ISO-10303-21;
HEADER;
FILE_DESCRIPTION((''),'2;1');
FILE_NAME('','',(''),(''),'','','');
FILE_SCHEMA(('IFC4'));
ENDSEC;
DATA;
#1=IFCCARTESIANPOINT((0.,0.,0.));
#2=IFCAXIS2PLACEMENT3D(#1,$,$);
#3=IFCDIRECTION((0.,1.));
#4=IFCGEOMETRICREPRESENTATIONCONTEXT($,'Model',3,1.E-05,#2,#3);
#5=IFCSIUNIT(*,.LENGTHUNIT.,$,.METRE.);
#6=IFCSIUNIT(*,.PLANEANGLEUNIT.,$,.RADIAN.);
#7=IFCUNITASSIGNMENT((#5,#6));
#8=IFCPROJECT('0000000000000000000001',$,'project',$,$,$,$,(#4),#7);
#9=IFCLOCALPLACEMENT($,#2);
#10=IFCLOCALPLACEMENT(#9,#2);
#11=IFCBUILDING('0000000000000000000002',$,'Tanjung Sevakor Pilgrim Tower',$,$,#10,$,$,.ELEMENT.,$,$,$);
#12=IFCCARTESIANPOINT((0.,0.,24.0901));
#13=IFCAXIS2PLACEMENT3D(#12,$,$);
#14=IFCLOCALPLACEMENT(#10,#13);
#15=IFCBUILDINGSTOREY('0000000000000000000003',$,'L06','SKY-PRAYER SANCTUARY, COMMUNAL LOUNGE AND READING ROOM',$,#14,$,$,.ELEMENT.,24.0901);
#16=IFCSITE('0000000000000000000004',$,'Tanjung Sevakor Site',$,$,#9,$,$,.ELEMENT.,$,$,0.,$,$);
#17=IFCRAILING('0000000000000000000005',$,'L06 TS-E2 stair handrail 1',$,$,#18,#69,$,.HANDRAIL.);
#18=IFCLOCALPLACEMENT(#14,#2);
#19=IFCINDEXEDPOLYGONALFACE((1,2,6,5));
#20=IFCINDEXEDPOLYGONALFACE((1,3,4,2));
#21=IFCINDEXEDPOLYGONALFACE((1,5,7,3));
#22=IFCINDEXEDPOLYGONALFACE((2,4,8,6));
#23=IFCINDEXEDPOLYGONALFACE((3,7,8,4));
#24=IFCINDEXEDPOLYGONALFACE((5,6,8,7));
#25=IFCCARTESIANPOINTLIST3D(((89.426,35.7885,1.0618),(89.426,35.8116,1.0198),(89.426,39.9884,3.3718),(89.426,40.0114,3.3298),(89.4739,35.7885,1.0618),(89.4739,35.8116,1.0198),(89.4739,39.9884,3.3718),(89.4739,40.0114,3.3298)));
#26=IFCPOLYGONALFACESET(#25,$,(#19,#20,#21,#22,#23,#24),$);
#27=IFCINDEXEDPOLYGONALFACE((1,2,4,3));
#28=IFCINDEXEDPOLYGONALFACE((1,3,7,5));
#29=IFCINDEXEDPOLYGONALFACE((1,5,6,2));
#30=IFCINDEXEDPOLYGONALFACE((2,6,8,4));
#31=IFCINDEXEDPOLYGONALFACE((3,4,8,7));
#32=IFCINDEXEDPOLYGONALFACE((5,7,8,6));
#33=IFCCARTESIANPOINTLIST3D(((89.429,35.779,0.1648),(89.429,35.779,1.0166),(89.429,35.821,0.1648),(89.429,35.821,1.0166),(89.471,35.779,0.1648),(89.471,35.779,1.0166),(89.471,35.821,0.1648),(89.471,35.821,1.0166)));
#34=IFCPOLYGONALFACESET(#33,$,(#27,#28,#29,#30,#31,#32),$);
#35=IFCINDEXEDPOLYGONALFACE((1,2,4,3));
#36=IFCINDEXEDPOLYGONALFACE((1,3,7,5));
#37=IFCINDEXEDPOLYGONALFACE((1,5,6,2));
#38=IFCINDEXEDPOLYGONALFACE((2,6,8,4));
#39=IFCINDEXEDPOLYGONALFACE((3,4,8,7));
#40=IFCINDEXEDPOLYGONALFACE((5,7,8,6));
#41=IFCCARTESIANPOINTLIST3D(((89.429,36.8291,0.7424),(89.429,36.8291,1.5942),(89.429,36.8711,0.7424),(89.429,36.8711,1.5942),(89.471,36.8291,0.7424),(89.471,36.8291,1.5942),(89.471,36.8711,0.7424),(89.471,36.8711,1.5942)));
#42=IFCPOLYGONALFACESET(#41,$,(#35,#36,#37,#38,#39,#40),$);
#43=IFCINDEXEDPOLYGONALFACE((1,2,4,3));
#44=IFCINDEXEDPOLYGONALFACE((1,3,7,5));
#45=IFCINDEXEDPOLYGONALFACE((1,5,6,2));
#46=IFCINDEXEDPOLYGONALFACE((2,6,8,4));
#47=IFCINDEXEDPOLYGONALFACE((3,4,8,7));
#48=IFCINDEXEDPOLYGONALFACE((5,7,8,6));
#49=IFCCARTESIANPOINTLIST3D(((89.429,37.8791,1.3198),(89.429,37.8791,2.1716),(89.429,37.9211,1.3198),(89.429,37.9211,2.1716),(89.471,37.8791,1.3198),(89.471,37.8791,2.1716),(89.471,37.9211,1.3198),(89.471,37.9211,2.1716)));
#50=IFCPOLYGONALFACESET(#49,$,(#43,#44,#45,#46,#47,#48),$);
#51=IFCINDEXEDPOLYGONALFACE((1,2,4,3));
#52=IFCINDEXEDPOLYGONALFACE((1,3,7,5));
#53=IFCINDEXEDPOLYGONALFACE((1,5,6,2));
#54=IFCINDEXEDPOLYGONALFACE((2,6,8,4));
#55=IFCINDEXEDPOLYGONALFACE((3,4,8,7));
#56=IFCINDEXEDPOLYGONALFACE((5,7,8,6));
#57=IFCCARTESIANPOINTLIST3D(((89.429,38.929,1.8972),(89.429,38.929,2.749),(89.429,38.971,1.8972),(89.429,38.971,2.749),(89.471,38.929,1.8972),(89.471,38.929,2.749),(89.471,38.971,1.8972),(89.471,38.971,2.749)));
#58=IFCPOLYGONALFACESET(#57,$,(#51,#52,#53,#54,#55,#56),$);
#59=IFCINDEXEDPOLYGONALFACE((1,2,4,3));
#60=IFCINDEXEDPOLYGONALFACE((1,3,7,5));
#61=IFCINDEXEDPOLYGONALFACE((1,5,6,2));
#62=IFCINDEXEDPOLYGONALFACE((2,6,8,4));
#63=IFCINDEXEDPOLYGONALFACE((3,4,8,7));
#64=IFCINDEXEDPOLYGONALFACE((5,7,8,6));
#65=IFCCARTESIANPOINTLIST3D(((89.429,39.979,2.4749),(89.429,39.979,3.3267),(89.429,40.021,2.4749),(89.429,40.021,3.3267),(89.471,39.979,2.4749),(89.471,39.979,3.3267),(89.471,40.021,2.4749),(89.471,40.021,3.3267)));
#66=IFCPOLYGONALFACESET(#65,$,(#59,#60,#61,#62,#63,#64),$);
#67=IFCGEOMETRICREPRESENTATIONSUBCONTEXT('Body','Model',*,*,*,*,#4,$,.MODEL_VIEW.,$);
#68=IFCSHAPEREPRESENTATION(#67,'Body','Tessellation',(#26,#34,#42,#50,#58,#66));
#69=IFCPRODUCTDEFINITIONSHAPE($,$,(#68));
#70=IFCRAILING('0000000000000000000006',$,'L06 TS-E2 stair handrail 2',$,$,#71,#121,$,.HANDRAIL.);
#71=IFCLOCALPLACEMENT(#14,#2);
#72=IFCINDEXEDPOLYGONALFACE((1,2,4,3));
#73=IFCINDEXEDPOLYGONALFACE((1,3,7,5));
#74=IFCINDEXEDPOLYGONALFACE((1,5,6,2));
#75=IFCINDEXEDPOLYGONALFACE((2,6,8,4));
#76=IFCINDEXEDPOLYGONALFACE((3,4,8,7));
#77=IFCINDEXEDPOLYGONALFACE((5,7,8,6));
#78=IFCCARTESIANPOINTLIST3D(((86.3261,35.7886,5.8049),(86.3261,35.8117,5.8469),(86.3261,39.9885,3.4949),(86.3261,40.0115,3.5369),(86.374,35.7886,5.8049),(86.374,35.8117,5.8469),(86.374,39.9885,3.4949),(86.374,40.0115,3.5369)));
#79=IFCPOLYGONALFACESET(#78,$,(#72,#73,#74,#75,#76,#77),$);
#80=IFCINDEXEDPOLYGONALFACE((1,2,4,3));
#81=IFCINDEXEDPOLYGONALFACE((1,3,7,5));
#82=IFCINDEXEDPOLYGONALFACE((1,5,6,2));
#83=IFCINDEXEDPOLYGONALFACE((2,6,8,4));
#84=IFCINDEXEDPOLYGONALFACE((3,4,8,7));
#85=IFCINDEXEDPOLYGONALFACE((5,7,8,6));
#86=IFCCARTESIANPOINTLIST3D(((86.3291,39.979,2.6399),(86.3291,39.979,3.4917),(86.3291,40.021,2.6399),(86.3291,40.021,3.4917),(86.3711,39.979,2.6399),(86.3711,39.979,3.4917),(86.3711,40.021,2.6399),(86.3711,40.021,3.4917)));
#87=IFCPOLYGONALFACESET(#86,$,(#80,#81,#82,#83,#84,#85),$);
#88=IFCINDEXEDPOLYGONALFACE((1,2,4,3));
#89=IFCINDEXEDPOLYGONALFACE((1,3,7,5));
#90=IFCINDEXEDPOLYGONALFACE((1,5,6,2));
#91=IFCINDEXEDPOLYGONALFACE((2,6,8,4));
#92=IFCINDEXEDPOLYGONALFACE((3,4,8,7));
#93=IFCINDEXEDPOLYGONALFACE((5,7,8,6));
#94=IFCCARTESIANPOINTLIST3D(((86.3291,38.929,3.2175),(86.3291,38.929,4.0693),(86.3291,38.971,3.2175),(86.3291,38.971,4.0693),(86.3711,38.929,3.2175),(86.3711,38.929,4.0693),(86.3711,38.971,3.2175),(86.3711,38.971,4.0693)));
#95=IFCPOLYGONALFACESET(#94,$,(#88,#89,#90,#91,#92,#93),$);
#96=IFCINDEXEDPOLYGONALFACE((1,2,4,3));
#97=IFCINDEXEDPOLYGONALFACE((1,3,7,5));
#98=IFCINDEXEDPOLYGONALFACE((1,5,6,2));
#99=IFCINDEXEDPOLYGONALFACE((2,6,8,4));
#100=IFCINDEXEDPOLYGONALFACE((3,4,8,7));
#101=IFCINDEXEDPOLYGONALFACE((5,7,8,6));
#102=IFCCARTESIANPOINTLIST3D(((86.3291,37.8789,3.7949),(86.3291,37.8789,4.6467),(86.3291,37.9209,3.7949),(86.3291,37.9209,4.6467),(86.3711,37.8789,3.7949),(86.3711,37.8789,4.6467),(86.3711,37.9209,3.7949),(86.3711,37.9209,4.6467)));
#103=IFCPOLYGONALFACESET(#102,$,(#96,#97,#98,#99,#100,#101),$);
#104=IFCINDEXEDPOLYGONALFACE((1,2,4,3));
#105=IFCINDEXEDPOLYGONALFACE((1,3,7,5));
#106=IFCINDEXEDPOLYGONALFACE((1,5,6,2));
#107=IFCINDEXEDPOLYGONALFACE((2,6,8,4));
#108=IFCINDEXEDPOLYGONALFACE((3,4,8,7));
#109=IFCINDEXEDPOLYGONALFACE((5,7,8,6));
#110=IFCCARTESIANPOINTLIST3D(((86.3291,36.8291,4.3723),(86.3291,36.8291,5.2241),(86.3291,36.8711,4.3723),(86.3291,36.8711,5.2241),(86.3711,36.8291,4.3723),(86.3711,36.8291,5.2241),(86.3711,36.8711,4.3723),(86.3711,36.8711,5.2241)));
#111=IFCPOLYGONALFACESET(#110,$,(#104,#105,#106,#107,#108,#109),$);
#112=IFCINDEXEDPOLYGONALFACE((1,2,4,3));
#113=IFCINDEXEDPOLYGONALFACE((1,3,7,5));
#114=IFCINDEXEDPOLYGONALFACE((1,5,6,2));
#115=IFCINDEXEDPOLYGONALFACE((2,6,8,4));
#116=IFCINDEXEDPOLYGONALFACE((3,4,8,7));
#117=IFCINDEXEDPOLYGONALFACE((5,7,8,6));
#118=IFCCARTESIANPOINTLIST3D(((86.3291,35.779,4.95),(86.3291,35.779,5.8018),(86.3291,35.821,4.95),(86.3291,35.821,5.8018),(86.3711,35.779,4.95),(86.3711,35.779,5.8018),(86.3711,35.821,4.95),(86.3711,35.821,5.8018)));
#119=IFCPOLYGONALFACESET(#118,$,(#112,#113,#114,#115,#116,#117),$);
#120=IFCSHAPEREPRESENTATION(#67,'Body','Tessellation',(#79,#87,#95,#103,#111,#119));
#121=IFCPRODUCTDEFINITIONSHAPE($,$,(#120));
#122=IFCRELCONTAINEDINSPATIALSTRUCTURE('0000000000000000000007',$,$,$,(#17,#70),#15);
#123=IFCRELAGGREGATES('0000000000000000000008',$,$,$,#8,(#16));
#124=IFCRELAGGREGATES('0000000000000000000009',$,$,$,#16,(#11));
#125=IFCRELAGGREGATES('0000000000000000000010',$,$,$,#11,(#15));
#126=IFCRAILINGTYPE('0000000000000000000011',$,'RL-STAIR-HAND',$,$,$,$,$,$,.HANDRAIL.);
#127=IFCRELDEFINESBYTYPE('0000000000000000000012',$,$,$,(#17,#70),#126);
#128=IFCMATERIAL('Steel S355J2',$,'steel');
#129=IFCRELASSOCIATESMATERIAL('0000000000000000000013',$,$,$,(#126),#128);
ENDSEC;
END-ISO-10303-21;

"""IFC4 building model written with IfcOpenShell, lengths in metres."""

from ifc_helpers import new_model, si_unit, direction, frame, origin, place, context, subcontext, project, spatial, rectangle, extrude, material, type_object, element, save


model = new_model("IFC4")

# Units and contexts
model_context = context("Model", 3, precision=1e-05, world=origin(), true_north=direction((0.0, 1.0)))
body_context = subcontext(model_context, "Body", "Model", "MODEL_VIEW")
ifc_project = project(units=[si_unit("LENGTHUNIT", "METRE"), si_unit("PLANEANGLEUNIT", "RADIAN")], contexts=[model_context])

# Site, building, storey
site_placement = place(None, origin())
site = spatial("IfcSite", under=ifc_project, at=site_placement, Name="Tanjung Sevakor Site", CompositionType="ELEMENT", RefElevation=0.0)
building_placement = place(site_placement, origin())
building = spatial("IfcBuilding", under=site, at=building_placement, Name="Tanjung Sevakor Pilgrim Tower", CompositionType="ELEMENT")
storey_placement = place(building_placement, frame((0.0, 0.0, 24.0901)))
storey = spatial("IfcBuildingStorey", under=building, at=storey_placement, Name="L06", Description="SKY-PRAYER SANCTUARY, COMMUNAL LOUNGE AND READING ROOM", CompositionType="ELEMENT", Elevation=24.0901)

# Railings
ifc_material_1 = material(Name="Steel S355J2", Category="steel")
railing_type_1 = type_object("IfcRailingType", Name="RL-STAIR-HAND", PredefinedType="HANDRAIL", material=ifc_material_1)
railing_1_placement = place(storey_placement, frame((89.45, 35.8, 0.1648)))
element("IfcRailing", 1, at=railing_1_placement, inside=storey, type_object=railing_type_1, Name="L06 TS-E2 stair handrail 1", PredefinedType="HANDRAIL", context=body_context, shape_type="SweptSolid", body=[
    extrude(rectangle(XDim=0.0479, YDim=0.0479), frame((0.0, 0.0, 0.876), z_axis=(0.0, 0.876208, 0.481932), x_axis=(-1.0, 0.0, 0.0)), (0.0, 0.0, 1.0), 4.7932),
    extrude(rectangle(XDim=0.042, YDim=0.042), origin(), (0.0, 0.0, 1.0), 0.8518),
    extrude(rectangle(XDim=0.042, YDim=0.042), frame((0.0, 1.05, 0.5776)), (0.0, 0.0, 1.0), 0.8518),
    extrude(rectangle(XDim=0.042, YDim=0.042), frame((0.0, 2.1001, 1.155)), (0.0, 0.0, 1.0), 0.8518),
    extrude(rectangle(XDim=0.042, YDim=0.042), frame((0.0, 3.1499, 1.7324)), (0.0, 0.0, 1.0), 0.8518),
    extrude(rectangle(XDim=0.042, YDim=0.042), frame((0.0, 4.2, 2.3101)), (0.0, 0.0, 1.0), 0.8518),
])
railing_2_placement = place(storey_placement, frame((86.3501, 40.0, 2.6399)))
element("IfcRailing", 2, at=railing_2_placement, inside=storey, type_object=railing_type_1, Name="L06 TS-E2 stair handrail 2", PredefinedType="HANDRAIL", context=body_context, shape_type="SweptSolid", body=[
    extrude(rectangle(XDim=0.0479, YDim=0.0479), frame((0.0, 0.0, 0.876), z_axis=(0.0, -0.876208, 0.481932), x_axis=(1.0, 0.0, 0.0)), (0.0, 0.0, 1.0), 4.7932),
    extrude(rectangle(XDim=0.042, YDim=0.042), origin(), (0.0, 0.0, 1.0), 0.8518),
    extrude(rectangle(XDim=0.042, YDim=0.042), frame((0.0, -1.05, 0.5776)), (0.0, 0.0, 1.0), 0.8518),
    extrude(rectangle(XDim=0.042, YDim=0.042), frame((0.0, -2.1001, 1.155)), (0.0, 0.0, 1.0), 0.8518),
    extrude(rectangle(XDim=0.042, YDim=0.042), frame((0.0, -3.1499, 1.7324)), (0.0, 0.0, 1.0), 0.8518),
    extrude(rectangle(XDim=0.042, YDim=0.042), frame((0.0, -4.2, 2.3101)), (0.0, 0.0, 1.0), 0.8518),
])

save(model, "model.ifc")
